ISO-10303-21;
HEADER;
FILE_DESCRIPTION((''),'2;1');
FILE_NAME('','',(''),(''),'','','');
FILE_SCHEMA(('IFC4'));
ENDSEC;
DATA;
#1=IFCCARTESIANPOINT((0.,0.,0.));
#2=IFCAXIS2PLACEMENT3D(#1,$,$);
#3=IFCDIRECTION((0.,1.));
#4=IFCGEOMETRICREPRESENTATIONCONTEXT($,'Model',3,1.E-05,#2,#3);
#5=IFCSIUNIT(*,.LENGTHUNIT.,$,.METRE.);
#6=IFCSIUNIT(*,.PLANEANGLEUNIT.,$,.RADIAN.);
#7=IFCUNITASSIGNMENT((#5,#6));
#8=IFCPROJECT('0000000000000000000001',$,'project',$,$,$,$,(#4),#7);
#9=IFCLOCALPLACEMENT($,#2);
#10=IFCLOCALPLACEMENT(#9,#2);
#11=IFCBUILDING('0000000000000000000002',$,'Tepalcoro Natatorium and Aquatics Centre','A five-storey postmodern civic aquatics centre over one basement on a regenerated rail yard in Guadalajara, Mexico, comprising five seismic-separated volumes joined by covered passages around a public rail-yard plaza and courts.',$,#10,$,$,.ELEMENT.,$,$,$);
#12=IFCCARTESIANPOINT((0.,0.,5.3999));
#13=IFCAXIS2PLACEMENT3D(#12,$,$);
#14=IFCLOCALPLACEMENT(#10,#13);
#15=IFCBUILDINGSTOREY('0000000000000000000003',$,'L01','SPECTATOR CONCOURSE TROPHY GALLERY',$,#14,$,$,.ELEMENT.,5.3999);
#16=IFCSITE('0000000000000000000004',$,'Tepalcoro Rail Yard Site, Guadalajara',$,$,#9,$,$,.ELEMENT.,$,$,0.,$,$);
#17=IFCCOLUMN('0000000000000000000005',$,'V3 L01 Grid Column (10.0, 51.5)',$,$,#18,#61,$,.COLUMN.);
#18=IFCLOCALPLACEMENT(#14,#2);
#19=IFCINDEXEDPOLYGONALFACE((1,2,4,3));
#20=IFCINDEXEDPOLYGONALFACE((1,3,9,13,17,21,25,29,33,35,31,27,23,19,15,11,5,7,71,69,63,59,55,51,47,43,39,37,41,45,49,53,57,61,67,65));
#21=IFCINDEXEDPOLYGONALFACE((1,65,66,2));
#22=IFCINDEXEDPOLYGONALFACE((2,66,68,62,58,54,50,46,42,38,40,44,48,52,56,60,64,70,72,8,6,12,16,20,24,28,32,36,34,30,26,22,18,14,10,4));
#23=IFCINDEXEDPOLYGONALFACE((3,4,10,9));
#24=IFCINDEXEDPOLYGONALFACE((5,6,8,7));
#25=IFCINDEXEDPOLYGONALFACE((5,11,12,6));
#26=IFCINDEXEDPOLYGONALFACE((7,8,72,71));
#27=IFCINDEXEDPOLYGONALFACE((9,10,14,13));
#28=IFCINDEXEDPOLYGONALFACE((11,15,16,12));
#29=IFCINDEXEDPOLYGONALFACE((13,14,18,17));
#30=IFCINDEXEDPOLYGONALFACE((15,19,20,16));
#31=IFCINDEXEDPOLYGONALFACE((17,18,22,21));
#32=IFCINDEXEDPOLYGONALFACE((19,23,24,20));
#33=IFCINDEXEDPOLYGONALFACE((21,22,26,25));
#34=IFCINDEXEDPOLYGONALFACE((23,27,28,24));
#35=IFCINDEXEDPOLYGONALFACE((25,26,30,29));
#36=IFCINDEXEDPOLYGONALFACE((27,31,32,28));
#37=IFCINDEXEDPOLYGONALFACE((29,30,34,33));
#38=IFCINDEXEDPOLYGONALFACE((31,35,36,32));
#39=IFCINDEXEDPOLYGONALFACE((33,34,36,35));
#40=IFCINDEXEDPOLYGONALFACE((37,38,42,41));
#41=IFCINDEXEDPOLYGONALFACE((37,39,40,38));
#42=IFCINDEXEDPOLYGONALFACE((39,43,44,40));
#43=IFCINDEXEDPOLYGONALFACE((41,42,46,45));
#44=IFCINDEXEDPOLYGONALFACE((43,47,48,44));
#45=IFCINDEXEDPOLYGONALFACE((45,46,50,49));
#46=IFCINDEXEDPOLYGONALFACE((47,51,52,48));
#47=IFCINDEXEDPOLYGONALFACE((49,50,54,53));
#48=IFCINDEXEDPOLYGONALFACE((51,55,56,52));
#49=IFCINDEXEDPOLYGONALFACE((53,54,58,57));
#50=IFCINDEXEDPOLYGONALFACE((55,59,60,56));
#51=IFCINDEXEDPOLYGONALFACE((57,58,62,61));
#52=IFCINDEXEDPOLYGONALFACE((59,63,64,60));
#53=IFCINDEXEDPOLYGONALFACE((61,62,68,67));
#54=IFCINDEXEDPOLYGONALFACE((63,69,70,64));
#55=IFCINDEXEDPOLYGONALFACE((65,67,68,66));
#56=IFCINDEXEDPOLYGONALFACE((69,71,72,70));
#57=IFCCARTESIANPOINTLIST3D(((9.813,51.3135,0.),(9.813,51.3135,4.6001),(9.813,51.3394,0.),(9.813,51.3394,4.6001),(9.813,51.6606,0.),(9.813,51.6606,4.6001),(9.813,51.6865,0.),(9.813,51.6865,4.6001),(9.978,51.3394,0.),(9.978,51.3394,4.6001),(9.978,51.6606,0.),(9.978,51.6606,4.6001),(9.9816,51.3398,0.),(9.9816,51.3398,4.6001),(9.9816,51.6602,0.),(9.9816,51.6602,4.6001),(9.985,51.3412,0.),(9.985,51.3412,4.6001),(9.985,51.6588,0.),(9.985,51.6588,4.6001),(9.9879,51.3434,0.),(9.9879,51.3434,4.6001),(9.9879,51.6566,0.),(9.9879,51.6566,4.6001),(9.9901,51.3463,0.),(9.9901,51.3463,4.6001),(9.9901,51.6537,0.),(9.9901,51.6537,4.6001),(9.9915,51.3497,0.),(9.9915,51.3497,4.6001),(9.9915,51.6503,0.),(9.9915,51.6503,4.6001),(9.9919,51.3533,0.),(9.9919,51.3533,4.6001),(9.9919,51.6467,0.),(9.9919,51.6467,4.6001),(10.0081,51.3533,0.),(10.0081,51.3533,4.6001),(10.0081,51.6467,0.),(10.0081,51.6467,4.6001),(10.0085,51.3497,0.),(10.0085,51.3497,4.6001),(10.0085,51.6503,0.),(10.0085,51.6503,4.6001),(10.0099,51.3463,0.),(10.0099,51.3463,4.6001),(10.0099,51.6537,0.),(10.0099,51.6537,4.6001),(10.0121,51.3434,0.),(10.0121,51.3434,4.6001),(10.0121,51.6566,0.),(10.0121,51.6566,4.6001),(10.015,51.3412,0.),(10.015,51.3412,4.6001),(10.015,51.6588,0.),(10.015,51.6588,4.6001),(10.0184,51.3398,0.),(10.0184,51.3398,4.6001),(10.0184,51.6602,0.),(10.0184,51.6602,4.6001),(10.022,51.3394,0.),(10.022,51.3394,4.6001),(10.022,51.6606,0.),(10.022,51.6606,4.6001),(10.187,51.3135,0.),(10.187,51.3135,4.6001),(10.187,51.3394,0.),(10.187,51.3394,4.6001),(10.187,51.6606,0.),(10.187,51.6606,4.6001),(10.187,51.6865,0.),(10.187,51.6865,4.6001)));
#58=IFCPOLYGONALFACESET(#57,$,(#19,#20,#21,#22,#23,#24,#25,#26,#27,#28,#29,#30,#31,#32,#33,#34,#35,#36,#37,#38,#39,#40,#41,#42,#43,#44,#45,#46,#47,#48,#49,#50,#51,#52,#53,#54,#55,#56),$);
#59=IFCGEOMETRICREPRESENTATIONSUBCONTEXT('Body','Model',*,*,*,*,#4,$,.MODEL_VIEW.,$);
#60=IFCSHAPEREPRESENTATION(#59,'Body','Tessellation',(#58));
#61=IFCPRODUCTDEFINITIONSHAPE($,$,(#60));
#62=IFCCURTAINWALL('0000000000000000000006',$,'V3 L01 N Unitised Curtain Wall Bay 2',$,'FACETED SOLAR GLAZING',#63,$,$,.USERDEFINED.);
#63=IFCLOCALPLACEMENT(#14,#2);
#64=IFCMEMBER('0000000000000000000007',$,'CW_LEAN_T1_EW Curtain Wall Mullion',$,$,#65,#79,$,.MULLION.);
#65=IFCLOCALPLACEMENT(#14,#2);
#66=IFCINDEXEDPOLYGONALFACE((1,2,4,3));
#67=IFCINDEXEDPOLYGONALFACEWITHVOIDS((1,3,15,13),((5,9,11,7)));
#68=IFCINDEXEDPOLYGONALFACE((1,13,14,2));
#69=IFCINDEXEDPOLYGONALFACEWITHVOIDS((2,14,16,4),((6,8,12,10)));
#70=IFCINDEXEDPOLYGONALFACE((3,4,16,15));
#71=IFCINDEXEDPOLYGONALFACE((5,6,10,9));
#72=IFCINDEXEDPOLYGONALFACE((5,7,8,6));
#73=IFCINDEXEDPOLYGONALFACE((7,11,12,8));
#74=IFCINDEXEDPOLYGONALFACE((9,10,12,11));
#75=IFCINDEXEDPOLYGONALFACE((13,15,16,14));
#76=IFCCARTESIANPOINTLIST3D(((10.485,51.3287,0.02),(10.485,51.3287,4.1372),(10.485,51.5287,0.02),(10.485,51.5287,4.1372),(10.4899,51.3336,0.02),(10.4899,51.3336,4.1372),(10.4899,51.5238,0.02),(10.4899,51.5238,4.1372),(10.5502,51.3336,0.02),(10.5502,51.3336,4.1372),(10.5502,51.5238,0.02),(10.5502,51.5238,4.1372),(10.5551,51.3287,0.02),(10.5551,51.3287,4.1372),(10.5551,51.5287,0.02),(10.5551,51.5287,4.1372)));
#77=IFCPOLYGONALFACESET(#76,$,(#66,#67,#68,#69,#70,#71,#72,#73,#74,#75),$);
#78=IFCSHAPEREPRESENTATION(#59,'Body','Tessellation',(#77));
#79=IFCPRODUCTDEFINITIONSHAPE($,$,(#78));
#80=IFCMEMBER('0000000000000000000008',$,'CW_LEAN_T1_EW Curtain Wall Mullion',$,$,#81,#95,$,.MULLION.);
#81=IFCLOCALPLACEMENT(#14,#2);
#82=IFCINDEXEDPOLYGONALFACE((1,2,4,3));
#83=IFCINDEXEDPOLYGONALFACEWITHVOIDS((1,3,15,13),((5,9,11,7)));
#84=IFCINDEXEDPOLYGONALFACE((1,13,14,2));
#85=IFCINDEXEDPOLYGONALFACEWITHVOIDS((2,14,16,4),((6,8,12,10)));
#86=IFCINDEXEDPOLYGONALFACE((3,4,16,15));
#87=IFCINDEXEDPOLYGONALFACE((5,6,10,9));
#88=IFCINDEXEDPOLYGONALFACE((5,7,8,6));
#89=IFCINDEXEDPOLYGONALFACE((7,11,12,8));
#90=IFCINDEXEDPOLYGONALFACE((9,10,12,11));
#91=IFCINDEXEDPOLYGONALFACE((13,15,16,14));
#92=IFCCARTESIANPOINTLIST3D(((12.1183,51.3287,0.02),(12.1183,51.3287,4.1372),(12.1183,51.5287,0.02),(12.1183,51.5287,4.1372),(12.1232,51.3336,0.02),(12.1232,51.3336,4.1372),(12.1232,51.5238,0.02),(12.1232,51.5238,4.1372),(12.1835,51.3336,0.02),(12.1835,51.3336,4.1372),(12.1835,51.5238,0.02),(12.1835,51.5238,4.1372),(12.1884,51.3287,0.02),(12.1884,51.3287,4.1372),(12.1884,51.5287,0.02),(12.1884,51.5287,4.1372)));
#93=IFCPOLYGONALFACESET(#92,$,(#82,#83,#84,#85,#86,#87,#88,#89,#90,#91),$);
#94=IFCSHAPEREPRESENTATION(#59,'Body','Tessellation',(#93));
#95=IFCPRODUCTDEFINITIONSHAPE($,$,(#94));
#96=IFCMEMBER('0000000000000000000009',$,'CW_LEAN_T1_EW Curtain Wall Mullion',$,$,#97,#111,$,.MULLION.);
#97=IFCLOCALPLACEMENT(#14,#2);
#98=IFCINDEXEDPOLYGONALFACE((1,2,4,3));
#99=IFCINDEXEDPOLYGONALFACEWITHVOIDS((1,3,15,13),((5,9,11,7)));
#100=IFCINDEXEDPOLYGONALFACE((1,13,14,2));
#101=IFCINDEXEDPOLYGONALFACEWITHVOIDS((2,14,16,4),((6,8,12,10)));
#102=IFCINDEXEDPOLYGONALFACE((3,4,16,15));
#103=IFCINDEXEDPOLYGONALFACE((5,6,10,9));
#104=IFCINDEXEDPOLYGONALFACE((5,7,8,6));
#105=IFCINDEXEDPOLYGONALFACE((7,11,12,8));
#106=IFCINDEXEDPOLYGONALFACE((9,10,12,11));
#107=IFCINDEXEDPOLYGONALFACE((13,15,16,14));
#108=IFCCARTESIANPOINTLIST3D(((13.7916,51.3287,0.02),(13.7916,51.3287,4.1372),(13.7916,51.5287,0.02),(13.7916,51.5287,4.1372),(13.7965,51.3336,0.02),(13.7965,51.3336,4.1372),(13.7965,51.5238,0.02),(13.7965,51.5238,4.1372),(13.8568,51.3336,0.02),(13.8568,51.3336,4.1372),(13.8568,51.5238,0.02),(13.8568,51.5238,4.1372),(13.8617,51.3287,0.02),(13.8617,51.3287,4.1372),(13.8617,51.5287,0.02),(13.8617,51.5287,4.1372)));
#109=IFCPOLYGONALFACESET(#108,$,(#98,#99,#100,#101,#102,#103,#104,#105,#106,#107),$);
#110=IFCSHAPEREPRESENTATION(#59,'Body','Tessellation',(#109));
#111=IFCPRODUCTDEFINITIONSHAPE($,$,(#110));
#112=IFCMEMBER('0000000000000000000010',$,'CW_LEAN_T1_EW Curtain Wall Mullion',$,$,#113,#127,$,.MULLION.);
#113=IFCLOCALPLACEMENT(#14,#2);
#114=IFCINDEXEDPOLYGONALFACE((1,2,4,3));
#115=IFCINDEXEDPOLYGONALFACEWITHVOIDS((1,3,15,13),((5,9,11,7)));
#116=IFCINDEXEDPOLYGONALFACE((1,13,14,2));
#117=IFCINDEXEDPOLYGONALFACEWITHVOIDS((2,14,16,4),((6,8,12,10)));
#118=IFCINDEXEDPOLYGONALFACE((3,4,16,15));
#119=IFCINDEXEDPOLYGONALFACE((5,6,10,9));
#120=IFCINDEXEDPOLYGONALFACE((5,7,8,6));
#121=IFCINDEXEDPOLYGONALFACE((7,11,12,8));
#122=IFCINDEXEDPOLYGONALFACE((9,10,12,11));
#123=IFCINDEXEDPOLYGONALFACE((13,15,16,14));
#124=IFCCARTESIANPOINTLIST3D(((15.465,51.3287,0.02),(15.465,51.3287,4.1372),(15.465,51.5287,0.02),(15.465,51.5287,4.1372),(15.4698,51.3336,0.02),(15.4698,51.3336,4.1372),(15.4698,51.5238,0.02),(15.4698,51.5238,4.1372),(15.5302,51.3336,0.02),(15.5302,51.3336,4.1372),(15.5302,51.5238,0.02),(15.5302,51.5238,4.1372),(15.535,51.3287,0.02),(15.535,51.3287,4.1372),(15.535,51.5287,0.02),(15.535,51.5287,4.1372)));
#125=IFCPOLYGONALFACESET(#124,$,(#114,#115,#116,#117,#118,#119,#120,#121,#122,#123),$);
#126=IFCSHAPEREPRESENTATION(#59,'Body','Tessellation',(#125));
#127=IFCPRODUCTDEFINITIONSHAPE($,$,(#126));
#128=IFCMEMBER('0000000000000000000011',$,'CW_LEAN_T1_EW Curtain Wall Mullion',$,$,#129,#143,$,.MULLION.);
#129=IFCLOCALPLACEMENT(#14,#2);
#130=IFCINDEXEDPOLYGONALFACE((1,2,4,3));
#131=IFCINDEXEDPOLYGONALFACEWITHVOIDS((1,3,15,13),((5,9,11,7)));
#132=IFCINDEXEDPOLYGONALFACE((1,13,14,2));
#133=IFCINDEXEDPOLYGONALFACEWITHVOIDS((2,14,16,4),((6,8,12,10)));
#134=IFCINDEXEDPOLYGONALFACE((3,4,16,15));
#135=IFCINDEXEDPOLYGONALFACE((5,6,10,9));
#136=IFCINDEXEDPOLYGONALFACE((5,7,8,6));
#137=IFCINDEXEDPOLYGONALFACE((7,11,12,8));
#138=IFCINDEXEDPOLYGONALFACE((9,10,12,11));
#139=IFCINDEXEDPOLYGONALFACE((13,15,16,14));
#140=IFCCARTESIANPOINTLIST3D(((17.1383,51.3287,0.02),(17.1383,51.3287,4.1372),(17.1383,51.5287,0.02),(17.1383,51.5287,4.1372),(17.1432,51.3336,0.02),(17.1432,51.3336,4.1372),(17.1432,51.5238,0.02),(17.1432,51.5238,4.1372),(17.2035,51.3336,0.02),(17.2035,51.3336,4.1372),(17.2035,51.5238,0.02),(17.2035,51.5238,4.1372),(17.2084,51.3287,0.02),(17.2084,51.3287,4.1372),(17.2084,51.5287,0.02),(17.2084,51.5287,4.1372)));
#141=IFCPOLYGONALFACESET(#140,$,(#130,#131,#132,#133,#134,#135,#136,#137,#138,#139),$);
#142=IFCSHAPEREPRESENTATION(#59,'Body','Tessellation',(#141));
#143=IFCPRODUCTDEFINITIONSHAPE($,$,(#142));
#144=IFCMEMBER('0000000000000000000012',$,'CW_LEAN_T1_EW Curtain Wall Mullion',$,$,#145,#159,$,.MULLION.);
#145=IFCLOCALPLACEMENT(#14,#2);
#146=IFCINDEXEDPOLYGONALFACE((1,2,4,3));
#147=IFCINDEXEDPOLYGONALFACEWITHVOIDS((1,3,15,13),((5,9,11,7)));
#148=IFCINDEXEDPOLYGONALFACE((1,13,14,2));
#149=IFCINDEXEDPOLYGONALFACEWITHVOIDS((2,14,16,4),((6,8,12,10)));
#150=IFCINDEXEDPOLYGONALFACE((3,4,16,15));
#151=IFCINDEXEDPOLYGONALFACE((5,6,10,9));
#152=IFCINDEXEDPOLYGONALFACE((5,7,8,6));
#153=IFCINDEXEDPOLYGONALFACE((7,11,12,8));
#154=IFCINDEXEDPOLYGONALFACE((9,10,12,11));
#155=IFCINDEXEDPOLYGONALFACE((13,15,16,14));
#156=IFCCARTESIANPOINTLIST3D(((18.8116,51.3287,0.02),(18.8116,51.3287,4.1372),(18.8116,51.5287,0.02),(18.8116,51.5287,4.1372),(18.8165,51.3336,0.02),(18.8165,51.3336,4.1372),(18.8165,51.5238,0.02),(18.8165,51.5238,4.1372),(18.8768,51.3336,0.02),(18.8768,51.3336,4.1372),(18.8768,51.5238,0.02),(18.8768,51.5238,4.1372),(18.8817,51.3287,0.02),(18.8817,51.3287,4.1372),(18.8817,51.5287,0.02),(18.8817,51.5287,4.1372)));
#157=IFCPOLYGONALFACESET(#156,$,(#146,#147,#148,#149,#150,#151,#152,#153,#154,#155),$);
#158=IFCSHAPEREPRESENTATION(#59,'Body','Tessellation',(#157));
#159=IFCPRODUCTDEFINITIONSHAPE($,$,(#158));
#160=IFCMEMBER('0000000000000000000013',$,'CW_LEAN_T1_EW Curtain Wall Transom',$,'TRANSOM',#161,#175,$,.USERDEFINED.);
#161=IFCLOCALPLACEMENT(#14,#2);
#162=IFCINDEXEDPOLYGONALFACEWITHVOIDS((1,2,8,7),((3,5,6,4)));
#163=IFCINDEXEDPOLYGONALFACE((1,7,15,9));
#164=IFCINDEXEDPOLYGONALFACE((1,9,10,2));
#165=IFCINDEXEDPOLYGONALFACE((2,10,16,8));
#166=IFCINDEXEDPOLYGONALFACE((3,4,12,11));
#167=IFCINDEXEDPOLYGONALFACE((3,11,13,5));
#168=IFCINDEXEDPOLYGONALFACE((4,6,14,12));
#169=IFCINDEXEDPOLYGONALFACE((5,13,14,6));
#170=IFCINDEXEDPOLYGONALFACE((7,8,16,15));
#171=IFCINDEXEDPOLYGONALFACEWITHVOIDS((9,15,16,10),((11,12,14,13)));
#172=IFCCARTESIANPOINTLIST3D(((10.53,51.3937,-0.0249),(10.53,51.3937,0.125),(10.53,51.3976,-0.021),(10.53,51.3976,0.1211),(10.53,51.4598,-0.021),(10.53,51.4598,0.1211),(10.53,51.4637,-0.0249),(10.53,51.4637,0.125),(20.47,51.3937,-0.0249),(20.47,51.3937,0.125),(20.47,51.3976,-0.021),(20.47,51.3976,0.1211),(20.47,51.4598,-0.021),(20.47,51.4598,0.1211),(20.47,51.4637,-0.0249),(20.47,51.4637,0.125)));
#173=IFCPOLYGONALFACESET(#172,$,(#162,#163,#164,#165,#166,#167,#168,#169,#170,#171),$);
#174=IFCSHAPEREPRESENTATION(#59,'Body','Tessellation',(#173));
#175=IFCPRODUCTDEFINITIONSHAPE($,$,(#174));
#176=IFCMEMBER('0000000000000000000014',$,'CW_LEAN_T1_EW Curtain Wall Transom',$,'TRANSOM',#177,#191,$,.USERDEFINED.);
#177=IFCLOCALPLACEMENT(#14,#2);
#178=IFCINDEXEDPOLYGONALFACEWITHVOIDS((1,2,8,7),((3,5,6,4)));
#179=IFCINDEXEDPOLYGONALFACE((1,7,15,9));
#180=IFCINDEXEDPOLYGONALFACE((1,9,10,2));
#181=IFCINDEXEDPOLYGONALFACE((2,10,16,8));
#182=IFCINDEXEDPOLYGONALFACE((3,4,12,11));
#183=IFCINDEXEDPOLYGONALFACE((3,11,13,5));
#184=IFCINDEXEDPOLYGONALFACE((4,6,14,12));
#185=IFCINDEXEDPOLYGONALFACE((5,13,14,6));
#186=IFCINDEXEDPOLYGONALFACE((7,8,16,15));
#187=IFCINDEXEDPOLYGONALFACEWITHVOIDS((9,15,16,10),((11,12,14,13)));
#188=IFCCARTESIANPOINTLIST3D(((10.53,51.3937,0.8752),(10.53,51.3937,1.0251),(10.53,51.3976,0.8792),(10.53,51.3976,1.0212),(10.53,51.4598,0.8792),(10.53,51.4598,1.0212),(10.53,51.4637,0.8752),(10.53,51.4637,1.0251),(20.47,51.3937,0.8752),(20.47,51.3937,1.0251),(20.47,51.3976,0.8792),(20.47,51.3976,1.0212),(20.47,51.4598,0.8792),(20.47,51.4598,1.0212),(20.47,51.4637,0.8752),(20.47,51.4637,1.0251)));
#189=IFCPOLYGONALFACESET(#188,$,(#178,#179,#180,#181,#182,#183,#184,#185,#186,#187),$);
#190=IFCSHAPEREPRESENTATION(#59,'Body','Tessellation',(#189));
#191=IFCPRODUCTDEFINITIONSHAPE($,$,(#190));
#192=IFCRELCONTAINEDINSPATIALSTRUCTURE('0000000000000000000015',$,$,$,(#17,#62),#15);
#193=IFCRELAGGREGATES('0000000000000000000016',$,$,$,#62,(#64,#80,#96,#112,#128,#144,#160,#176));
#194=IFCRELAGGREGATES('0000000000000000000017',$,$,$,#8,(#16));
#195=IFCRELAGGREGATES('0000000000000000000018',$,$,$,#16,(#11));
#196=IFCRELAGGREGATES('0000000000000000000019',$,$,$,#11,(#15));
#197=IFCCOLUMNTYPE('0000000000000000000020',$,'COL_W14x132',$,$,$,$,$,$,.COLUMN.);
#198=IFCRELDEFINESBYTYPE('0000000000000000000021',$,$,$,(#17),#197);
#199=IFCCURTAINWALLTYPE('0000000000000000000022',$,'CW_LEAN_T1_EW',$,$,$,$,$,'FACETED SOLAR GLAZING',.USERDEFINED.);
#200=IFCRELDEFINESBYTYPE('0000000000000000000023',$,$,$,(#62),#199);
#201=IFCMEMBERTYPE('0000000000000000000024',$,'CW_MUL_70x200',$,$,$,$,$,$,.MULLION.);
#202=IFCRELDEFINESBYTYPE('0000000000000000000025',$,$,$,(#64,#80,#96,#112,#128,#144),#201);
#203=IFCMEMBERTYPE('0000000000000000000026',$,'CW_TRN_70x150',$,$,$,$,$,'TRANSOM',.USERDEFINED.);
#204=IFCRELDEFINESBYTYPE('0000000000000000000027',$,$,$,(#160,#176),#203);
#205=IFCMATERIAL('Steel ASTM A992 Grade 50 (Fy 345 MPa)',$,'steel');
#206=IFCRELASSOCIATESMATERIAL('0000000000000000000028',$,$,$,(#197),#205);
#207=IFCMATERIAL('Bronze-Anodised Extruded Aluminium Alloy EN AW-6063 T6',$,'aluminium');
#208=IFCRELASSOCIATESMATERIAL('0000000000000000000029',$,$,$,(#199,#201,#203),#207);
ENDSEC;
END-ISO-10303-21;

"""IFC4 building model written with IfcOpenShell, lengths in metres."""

from ifc_helpers import new_model, si_unit, direction, frame, origin, origin_2d, place, context, subcontext, project, spatial, hollow_rectangle, i_section, extrude, material, material_profile, profile_set, type_object, element, aggregate, save


model = new_model("IFC4")

# Units and contexts
model_context = context("Model", 3, precision=1e-05, world=origin(), true_north=direction((0.0, 1.0)))
body_context = subcontext(model_context, "Body", "Model", "MODEL_VIEW")
ifc_project = project(units=[si_unit("LENGTHUNIT", "METRE"), si_unit("PLANEANGLEUNIT", "RADIAN")], contexts=[model_context])

# Site, building, storey
site_placement = place(None, origin())
site = spatial("IfcSite", under=ifc_project, at=site_placement, Name="Tepalcoro Rail Yard Site, Guadalajara", CompositionType="ELEMENT", RefElevation=0.0)
building_placement = place(site_placement, origin())
building = spatial("IfcBuilding", under=site, at=building_placement, Name="Tepalcoro Natatorium and Aquatics Centre", Description="A five-storey postmodern civic aquatics centre over one basement on a regenerated rail yard in Guadalajara, Mexico, comprising five seismic-separated volumes joined by covered passages around a public rail-yard plaza and courts.", CompositionType="ELEMENT")
storey_placement = place(building_placement, frame((0.0, 0.0, 5.3999)))
storey = spatial("IfcBuildingStorey", under=building, at=storey_placement, Name="L01", Description="SPECTATOR CONCOURSE TROPHY GALLERY", CompositionType="ELEMENT", Elevation=5.3999)

# Column
ifc_material_1 = material(Name="Steel ASTM A992 Grade 50 (Fy 345 MPa)", Category="steel")
ifc_material_profile_1 = material_profile(ifc_material_1, i_section(OverallWidth=0.374, OverallDepth=0.373, WebThickness=0.0161, FlangeThickness=0.0259, FilletRadius=0.0139, at=origin_2d()), Name="W14X132")
ifc_profile_set_1 = profile_set([ifc_material_profile_1], Name="Steel ASTM A992 Grade 50 (Fy 345 MPa)")
column_type = type_object("IfcColumnType", Name="COL_W14x132", PredefinedType="COLUMN", material=ifc_profile_set_1)
column_placement = place(storey_placement, frame((10.0, 51.5, 0.0), z_axis=(0.0, 0.0, 1.0), x_axis=(1.0, 0.0, 0.0)))
element("IfcColumn", 1, at=column_placement, inside=storey, type_object=column_type, Name="V3 L01 Grid Column (10.0, 51.5)", PredefinedType="COLUMN", context=body_context, shape_type="SweptSolid", body=[
    extrude(i_section(OverallWidth=0.374, OverallDepth=0.373, WebThickness=0.0161, FlangeThickness=0.0259, FilletRadius=0.0139, at=origin_2d()), origin(), (0.0, 0.0, 1.0), 4.6001),
])

# Curtain wall, members
ifc_material_2 = material(Name="Bronze-Anodised Extruded Aluminium Alloy EN AW-6063 T6", Category="aluminium")
curtain_wall_type = type_object("IfcCurtainWallType", Name="CW_LEAN_T1_EW", ElementType="FACETED SOLAR GLAZING", PredefinedType="USERDEFINED", material=ifc_material_2)
curtain_wall_placement = place(storey_placement, origin())
curtain_wall = element("IfcCurtainWall", 2, at=curtain_wall_placement, inside=storey, type_object=curtain_wall_type, Name="V3 L01 N Unitised Curtain Wall Bay 2", ObjectType="FACETED SOLAR GLAZING", PredefinedType="USERDEFINED")
ifc_material_profile_2 = material_profile(ifc_material_2, hollow_rectangle(XDim=0.0701, YDim=0.2, WallThickness=0.0049, at=origin_2d()), Name="AL70X200X5")
ifc_profile_set_2 = profile_set([ifc_material_profile_2], Name="Bronze-Anodised Extruded Aluminium Alloy EN AW-6063 T6")
member_type_1 = type_object("IfcMemberType", Name="CW_MUL_70x200", PredefinedType="MULLION", material=ifc_profile_set_2)
member_1_placement = place(storey_placement, frame((10.52, 51.4287, 0.02), z_axis=(0.0, 0.0, 1.0), x_axis=(1.0, 0.0, 0.0)))
member_1 = element("IfcMember", 3, at=member_1_placement, type_object=member_type_1, Name="CW_LEAN_T1_EW Curtain Wall Mullion", PredefinedType="MULLION", context=body_context, shape_type="SweptSolid", body=[
    extrude(hollow_rectangle(XDim=0.0701, YDim=0.2, WallThickness=0.0049, at=origin_2d()), origin(), (0.0, 0.0, 1.0), 4.1172),
])
member_2_placement = place(storey_placement, frame((12.1533, 51.4287, 0.02), z_axis=(0.0, 0.0, 1.0), x_axis=(1.0, 0.0, 0.0)))
member_2 = element("IfcMember", 4, at=member_2_placement, type_object=member_type_1, Name="CW_LEAN_T1_EW Curtain Wall Mullion", PredefinedType="MULLION", context=body_context, shape_type="SweptSolid", body=[
    extrude(hollow_rectangle(XDim=0.0701, YDim=0.2, WallThickness=0.0049, at=origin_2d()), origin(), (0.0, 0.0, 1.0), 4.1172),
])
member_3_placement = place(storey_placement, frame((13.8267, 51.4287, 0.02), z_axis=(0.0, 0.0, 1.0), x_axis=(1.0, 0.0, 0.0)))
member_3 = element("IfcMember", 5, at=member_3_placement, type_object=member_type_1, Name="CW_LEAN_T1_EW Curtain Wall Mullion", PredefinedType="MULLION", context=body_context, shape_type="SweptSolid", body=[
    extrude(hollow_rectangle(XDim=0.0701, YDim=0.2, WallThickness=0.0049, at=origin_2d()), origin(), (0.0, 0.0, 1.0), 4.1172),
])
member_4_placement = place(storey_placement, frame((15.5, 51.4287, 0.02), z_axis=(0.0, 0.0, 1.0), x_axis=(1.0, 0.0, 0.0)))
member_4 = element("IfcMember", 6, at=member_4_placement, type_object=member_type_1, Name="CW_LEAN_T1_EW Curtain Wall Mullion", PredefinedType="MULLION", context=body_context, shape_type="SweptSolid", body=[
    extrude(hollow_rectangle(XDim=0.0701, YDim=0.2, WallThickness=0.0049, at=origin_2d()), origin(), (0.0, 0.0, 1.0), 4.1172),
])
member_5_placement = place(storey_placement, frame((17.1733, 51.4287, 0.02), z_axis=(0.0, 0.0, 1.0), x_axis=(1.0, 0.0, 0.0)))
member_5 = element("IfcMember", 7, at=member_5_placement, type_object=member_type_1, Name="CW_LEAN_T1_EW Curtain Wall Mullion", PredefinedType="MULLION", context=body_context, shape_type="SweptSolid", body=[
    extrude(hollow_rectangle(XDim=0.0701, YDim=0.2, WallThickness=0.0049, at=origin_2d()), origin(), (0.0, 0.0, 1.0), 4.1172),
])
member_6_placement = place(storey_placement, frame((18.8467, 51.4287, 0.02), z_axis=(0.0, 0.0, 1.0), x_axis=(1.0, 0.0, 0.0)))
member_6 = element("IfcMember", 8, at=member_6_placement, type_object=member_type_1, Name="CW_LEAN_T1_EW Curtain Wall Mullion", PredefinedType="MULLION", context=body_context, shape_type="SweptSolid", body=[
    extrude(hollow_rectangle(XDim=0.0701, YDim=0.2, WallThickness=0.0049, at=origin_2d()), origin(), (0.0, 0.0, 1.0), 4.1172),
])
ifc_material_profile_3 = material_profile(ifc_material_2, hollow_rectangle(XDim=0.0701, YDim=0.1499, WallThickness=0.0039, at=origin_2d()), Name="AL70X150X4")
ifc_profile_set_3 = profile_set([ifc_material_profile_3], Name="Bronze-Anodised Extruded Aluminium Alloy EN AW-6063 T6")
member_type_2 = type_object("IfcMemberType", Name="CW_TRN_70x150", ElementType="TRANSOM", PredefinedType="USERDEFINED", material=ifc_profile_set_3)
member_7_placement = place(storey_placement, frame((10.53, 51.4287, 0.05), z_axis=(1.0, 0.0, 0.0), x_axis=(0.0, 1.0, 0.0)))
member_7 = element("IfcMember", 9, at=member_7_placement, type_object=member_type_2, Name="CW_LEAN_T1_EW Curtain Wall Transom", ObjectType="TRANSOM", PredefinedType="USERDEFINED", context=body_context, shape_type="SweptSolid", body=[
    extrude(hollow_rectangle(XDim=0.0701, YDim=0.1499, WallThickness=0.0039, at=origin_2d()), origin(), (0.0, 0.0, 1.0), 9.9399),
])
member_8_placement = place(storey_placement, frame((10.53, 51.4287, 0.9502), z_axis=(1.0, 0.0, 0.0), x_axis=(0.0, 1.0, 0.0)))
member_8 = element("IfcMember", 10, at=member_8_placement, type_object=member_type_2, Name="CW_LEAN_T1_EW Curtain Wall Transom", ObjectType="TRANSOM", PredefinedType="USERDEFINED", context=body_context, shape_type="SweptSolid", body=[
    extrude(hollow_rectangle(XDim=0.0701, YDim=0.1499, WallThickness=0.0039, at=origin_2d()), origin(), (0.0, 0.0, 1.0), 9.9399),
])

aggregate(curtain_wall, [member_1, member_2, member_3, member_4, member_5, member_6, member_7, member_8])

save(model, "model.ifc")
